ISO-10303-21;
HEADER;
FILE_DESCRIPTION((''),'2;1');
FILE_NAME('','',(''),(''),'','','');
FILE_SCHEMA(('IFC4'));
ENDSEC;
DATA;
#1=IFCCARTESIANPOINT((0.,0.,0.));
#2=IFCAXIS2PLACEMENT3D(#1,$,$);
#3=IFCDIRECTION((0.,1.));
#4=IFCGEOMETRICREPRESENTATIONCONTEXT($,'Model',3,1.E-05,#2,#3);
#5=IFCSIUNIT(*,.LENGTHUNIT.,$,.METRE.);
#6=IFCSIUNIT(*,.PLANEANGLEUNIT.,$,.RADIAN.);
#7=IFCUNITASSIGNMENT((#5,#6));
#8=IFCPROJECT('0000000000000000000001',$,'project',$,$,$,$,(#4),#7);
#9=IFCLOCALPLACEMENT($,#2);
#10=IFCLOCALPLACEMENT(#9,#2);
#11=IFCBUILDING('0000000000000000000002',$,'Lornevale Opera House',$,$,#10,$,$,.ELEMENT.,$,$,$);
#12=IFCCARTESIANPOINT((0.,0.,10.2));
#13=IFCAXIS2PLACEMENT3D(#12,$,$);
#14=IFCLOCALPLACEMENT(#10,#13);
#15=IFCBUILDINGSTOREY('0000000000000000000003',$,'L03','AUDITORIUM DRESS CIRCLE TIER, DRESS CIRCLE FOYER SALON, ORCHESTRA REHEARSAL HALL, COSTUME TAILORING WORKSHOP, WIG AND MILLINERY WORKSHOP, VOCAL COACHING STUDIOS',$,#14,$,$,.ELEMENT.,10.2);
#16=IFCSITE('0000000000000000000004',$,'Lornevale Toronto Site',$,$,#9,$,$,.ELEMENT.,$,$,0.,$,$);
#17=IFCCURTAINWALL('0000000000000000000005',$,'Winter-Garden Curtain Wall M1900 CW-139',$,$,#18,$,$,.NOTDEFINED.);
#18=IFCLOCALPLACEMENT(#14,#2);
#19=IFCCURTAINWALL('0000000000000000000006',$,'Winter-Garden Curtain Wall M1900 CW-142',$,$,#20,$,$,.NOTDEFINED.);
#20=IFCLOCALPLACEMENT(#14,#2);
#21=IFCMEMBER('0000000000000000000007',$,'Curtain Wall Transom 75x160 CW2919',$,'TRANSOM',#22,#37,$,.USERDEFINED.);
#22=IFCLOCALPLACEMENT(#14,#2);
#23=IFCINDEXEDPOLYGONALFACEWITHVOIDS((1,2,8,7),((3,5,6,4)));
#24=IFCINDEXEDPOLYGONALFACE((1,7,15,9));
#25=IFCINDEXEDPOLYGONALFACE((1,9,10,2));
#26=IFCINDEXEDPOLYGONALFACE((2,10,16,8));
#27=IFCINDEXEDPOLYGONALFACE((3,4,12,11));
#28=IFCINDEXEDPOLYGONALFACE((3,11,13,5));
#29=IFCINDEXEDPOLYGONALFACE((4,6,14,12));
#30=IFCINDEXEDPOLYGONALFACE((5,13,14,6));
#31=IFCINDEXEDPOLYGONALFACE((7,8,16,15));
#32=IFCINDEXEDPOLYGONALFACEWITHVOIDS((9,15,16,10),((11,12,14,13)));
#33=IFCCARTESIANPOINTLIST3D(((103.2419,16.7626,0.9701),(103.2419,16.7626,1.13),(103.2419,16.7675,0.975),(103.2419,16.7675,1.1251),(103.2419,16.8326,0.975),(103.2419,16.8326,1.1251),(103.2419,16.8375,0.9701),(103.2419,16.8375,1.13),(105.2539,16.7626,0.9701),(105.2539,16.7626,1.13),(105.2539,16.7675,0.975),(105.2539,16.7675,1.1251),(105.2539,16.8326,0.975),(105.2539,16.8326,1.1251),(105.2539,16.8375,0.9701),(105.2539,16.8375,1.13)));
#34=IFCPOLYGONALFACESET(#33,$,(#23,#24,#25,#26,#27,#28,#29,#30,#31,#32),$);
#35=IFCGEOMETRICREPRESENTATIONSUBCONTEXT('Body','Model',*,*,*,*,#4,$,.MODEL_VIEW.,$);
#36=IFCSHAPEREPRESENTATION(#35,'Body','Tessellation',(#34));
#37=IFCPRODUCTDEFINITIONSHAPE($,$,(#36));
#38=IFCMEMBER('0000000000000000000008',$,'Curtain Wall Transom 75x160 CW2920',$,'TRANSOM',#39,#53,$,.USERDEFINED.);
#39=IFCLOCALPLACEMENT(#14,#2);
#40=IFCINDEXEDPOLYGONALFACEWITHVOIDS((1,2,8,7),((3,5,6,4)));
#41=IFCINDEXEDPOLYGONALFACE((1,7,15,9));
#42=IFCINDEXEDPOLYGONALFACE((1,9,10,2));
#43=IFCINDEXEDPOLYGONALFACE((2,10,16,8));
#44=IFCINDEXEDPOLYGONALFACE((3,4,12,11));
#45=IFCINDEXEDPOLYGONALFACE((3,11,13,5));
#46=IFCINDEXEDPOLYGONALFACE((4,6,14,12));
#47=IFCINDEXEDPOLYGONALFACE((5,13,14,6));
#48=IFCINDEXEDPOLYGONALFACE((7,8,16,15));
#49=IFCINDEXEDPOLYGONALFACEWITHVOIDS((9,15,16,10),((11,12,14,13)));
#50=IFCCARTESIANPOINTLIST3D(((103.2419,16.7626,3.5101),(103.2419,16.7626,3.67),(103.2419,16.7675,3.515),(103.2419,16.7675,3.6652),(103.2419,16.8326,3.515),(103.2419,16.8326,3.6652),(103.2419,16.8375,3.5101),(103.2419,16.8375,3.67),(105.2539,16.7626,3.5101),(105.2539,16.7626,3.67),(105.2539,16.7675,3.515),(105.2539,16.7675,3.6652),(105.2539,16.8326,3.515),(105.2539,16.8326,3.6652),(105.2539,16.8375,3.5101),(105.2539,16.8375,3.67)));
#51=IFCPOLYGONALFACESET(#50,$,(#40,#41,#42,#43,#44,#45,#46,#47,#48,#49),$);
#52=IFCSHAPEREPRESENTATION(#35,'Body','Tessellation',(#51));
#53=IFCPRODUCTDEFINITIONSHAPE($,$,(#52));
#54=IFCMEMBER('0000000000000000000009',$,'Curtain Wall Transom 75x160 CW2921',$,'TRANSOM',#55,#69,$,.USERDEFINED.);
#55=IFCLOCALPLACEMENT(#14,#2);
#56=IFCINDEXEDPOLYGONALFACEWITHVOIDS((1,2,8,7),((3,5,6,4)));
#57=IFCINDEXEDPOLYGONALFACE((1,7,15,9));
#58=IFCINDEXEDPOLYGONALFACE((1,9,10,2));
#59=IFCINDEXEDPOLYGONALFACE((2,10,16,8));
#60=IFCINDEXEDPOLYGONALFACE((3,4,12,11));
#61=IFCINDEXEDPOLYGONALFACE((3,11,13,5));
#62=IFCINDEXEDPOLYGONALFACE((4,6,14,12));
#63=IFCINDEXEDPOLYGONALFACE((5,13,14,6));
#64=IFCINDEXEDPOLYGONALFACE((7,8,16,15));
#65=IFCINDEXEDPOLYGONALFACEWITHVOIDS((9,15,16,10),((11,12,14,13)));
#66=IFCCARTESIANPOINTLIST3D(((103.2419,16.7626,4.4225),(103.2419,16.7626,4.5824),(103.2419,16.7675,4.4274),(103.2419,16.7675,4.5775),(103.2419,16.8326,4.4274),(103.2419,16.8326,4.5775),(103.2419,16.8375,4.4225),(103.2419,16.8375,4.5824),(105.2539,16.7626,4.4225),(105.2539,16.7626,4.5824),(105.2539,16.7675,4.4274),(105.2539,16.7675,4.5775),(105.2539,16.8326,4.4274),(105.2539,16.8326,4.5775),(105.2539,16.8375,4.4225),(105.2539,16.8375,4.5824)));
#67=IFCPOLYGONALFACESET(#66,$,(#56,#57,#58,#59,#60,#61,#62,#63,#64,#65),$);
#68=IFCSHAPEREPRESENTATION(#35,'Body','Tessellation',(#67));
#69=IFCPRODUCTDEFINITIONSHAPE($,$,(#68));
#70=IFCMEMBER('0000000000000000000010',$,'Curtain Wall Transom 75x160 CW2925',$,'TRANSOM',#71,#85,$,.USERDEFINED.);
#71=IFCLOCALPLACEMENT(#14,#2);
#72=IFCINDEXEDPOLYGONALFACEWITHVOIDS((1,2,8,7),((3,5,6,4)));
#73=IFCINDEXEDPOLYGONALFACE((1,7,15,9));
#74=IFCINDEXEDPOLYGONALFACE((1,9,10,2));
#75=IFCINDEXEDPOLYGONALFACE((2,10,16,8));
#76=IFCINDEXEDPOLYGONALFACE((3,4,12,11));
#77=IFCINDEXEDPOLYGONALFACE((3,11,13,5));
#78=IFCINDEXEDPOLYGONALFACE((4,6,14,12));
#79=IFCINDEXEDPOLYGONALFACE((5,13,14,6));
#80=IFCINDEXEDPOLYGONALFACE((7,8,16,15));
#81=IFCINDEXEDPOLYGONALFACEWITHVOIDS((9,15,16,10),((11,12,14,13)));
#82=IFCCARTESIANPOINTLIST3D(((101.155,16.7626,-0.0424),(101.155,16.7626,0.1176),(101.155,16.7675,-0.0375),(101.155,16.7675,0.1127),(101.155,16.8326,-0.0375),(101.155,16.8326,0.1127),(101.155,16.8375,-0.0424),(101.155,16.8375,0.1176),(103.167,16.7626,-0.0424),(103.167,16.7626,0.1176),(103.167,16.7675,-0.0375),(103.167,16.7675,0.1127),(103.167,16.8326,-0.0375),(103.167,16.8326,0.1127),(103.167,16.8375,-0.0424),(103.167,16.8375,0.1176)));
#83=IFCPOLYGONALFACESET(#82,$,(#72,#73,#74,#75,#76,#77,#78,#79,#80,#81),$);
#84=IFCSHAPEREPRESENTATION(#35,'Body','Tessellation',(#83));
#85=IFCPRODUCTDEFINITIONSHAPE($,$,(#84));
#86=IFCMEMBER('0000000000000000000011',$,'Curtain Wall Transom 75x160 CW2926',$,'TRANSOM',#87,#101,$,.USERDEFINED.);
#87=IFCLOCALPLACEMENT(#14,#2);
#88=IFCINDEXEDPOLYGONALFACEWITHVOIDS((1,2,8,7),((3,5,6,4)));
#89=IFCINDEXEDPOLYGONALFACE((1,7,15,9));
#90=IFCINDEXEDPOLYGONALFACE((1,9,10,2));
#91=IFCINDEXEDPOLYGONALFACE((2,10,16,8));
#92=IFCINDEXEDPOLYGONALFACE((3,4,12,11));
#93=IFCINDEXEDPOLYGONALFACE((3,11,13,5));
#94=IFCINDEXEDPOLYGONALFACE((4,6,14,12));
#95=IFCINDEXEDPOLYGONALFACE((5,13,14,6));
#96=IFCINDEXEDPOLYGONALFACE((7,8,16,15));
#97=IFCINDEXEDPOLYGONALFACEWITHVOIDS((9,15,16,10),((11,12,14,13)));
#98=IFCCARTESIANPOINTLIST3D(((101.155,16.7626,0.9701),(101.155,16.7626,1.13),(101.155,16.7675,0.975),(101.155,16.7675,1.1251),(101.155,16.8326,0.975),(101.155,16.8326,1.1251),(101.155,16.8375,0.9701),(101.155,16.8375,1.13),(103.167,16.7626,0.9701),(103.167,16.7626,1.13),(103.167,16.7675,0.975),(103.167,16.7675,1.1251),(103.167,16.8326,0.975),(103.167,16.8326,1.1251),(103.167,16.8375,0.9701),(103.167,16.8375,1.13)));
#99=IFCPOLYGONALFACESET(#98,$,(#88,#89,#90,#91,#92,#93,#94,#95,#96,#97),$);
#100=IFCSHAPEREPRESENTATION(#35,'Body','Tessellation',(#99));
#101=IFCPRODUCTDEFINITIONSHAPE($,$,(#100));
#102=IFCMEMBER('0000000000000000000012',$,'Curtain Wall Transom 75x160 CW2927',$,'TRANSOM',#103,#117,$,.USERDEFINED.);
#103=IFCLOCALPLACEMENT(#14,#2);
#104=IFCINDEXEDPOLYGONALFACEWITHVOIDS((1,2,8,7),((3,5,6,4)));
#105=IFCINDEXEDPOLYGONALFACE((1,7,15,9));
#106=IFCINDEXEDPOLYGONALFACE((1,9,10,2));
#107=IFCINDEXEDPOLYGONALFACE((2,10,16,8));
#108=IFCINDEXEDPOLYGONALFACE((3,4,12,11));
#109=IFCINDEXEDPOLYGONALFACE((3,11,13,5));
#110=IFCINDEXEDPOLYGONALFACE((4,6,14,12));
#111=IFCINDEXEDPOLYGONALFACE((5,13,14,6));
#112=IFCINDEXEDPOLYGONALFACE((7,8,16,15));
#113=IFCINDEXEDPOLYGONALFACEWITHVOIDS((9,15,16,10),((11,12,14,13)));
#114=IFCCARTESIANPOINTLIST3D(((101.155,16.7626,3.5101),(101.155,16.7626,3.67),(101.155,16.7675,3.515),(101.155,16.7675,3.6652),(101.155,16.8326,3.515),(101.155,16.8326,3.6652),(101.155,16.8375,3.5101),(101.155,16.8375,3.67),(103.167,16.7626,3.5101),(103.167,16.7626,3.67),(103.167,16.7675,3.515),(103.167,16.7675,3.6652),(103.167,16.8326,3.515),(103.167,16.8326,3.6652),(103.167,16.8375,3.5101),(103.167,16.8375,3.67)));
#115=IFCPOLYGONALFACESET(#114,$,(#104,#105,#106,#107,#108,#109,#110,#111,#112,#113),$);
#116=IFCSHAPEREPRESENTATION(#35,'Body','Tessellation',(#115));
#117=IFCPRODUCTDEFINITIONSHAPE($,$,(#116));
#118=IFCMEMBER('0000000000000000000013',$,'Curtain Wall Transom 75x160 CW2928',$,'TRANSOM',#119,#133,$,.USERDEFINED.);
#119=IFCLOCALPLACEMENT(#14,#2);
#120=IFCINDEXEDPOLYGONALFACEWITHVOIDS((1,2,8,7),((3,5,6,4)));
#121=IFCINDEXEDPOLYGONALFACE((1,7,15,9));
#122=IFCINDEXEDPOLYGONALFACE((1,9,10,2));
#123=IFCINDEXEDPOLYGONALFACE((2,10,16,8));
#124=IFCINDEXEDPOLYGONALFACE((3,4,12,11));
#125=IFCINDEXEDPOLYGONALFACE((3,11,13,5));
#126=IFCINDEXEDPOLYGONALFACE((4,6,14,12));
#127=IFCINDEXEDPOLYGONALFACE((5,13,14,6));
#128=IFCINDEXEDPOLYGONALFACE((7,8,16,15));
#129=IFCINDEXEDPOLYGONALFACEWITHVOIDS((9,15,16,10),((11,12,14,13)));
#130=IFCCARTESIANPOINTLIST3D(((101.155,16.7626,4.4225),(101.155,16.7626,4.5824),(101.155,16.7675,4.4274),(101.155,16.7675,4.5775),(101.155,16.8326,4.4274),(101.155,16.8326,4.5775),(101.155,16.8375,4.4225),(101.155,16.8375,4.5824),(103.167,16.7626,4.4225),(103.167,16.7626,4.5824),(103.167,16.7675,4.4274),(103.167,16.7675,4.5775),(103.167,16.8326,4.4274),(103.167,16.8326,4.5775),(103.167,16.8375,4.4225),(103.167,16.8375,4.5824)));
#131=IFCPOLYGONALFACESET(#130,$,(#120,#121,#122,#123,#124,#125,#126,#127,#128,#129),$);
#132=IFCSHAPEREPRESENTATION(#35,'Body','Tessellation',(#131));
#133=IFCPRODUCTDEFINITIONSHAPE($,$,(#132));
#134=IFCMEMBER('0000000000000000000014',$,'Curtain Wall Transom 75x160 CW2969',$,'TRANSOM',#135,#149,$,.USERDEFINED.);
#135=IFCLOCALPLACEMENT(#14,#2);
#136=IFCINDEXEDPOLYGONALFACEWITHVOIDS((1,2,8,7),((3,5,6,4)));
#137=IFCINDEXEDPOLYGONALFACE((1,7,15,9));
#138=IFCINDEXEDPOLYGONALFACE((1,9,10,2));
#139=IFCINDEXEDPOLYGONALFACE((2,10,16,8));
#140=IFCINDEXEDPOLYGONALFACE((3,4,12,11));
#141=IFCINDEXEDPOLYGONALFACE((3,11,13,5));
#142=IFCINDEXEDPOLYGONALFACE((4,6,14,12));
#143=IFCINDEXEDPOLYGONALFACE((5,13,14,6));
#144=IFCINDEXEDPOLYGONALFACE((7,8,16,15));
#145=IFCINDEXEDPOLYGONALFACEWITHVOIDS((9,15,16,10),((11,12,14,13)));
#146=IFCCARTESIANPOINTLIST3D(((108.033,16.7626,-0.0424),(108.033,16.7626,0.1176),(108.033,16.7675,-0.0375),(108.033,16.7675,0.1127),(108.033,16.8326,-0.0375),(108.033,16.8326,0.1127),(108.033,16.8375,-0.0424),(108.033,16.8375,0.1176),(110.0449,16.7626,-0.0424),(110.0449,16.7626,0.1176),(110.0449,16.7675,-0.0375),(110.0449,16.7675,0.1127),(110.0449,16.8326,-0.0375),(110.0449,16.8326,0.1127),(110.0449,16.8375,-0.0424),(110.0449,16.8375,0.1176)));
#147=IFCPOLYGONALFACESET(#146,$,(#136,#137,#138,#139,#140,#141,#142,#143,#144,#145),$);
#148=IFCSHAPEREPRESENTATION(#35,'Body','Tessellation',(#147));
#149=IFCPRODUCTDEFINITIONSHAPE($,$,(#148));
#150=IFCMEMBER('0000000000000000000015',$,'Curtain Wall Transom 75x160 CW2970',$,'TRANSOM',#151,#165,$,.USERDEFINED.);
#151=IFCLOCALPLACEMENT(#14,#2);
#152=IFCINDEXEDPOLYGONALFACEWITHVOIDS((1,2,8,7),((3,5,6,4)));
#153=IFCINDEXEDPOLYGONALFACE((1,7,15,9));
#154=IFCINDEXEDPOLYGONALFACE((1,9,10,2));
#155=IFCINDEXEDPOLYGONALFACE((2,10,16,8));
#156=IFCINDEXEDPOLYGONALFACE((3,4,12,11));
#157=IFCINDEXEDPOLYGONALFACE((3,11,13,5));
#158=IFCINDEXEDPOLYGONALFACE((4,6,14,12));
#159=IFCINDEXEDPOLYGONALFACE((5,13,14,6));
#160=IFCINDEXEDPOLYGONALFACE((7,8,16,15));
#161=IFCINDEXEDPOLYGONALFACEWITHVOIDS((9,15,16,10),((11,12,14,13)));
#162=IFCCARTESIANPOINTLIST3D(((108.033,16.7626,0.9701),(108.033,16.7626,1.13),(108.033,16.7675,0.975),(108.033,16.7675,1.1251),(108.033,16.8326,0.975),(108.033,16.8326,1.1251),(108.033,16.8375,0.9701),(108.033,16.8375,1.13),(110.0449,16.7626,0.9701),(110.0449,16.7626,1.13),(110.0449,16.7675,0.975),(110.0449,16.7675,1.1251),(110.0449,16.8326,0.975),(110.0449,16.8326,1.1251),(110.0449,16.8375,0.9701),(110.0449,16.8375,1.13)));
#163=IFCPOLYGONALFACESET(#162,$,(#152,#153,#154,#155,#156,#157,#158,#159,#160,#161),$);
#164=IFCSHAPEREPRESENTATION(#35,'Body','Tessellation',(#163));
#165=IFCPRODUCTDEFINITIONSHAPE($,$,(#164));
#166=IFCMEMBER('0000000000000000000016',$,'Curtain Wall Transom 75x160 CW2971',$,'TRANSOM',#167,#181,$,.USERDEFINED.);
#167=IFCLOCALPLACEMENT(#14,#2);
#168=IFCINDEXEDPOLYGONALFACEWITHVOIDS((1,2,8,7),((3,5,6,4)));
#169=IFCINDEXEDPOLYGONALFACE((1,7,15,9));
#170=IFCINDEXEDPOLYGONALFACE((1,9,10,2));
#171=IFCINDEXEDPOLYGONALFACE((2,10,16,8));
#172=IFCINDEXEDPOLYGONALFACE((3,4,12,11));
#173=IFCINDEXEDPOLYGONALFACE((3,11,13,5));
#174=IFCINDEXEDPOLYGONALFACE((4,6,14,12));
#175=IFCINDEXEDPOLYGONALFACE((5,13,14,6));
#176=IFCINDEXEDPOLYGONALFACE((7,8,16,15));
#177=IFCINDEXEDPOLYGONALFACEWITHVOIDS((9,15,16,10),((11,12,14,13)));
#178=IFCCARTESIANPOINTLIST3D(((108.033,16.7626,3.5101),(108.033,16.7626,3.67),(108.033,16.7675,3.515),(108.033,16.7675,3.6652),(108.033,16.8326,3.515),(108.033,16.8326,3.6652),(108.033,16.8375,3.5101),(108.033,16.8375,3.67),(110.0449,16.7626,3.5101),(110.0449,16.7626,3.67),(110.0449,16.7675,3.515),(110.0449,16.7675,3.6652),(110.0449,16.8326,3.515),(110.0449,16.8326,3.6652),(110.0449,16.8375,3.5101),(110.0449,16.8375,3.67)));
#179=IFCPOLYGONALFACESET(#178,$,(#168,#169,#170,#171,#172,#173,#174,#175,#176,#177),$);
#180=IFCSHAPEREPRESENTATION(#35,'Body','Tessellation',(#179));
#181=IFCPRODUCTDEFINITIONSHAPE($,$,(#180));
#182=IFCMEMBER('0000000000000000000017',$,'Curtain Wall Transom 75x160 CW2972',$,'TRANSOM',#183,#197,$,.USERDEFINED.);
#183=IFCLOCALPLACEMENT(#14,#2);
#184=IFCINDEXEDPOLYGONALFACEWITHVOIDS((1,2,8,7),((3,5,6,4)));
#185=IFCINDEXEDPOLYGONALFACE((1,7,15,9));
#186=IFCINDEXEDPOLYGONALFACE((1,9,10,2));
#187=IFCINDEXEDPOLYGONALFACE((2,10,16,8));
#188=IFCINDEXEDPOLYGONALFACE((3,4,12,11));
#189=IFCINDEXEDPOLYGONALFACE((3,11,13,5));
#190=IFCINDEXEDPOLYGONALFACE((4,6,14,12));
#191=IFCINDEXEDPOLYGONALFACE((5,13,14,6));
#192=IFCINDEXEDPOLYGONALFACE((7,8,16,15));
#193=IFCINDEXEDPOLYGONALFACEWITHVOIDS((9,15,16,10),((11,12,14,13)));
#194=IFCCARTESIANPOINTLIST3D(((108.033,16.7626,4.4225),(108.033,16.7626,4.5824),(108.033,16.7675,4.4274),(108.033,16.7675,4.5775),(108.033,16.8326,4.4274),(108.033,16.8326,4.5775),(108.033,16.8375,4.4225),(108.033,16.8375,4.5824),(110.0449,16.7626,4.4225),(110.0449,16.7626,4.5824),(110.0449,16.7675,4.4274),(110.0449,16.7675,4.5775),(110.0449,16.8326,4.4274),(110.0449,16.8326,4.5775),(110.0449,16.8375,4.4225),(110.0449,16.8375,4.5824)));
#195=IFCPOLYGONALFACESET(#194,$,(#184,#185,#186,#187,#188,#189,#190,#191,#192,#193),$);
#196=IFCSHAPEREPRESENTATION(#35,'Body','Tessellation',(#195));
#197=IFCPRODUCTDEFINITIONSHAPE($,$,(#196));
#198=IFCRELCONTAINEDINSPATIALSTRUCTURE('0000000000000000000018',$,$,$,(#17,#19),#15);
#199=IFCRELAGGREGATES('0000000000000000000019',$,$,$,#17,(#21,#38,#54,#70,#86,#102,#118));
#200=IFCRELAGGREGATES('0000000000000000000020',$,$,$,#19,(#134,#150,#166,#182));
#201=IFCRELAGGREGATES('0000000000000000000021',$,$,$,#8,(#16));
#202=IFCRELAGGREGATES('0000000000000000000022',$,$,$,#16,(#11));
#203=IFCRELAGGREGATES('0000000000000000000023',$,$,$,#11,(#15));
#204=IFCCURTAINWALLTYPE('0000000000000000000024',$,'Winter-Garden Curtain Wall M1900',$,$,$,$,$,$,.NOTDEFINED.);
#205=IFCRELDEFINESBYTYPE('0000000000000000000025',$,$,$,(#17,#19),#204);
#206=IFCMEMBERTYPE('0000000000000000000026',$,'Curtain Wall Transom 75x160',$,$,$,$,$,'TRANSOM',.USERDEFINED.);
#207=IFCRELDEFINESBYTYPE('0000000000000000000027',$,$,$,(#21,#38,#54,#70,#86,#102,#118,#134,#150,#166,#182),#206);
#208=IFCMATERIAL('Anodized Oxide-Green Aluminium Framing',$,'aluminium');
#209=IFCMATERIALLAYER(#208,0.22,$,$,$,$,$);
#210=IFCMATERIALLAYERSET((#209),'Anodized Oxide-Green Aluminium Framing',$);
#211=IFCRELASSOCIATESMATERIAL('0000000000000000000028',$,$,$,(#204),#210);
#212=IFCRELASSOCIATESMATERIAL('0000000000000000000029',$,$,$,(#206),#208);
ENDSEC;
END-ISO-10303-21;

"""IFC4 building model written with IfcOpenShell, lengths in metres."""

from ifc_helpers import new_model, si_unit, direction, frame, origin, origin_2d, place, context, subcontext, project, spatial, hollow_rectangle, extrude, material, layer, layer_set, material_profile, profile_set, type_object, element, aggregate, save


model = new_model("IFC4")

# Units and contexts
model_context = context("Model", 3, precision=1e-05, world=origin(), true_north=direction((0.0, 1.0)))
body_context = subcontext(model_context, "Body", "Model", "MODEL_VIEW")
ifc_project = project(units=[si_unit("LENGTHUNIT", "METRE"), si_unit("PLANEANGLEUNIT", "RADIAN")], contexts=[model_context])

# Site, building, storey
site_placement = place(None, origin())
site = spatial("IfcSite", under=ifc_project, at=site_placement, Name="Lornevale Toronto Site", CompositionType="ELEMENT", RefElevation=0.0)
building_placement = place(site_placement, origin())
building = spatial("IfcBuilding", under=site, at=building_placement, Name="Lornevale Opera House", CompositionType="ELEMENT")
storey_placement = place(building_placement, frame((0.0, 0.0, 10.2)))
storey = spatial("IfcBuildingStorey", under=building, at=storey_placement, Name="L03", Description="AUDITORIUM DRESS CIRCLE TIER, DRESS CIRCLE FOYER SALON, ORCHESTRA REHEARSAL HALL, COSTUME TAILORING WORKSHOP, WIG AND MILLINERY WORKSHOP, VOCAL COACHING STUDIOS", CompositionType="ELEMENT", Elevation=10.2)

# Curtain wall
ifc_material_1 = material(Name="Anodized Oxide-Green Aluminium Framing", Category="aluminium")
ifc_layer_1 = layer(ifc_material_1, 0.22)
ifc_layer_set_1 = layer_set([ifc_layer_1], Name="Anodized Oxide-Green Aluminium Framing")
curtain_wall_type = type_object("IfcCurtainWallType", Name="Winter-Garden Curtain Wall M1900", PredefinedType="NOTDEFINED", material=ifc_layer_set_1)
curtain_wall_1_placement = place(storey_placement, origin())
curtain_wall_1 = element("IfcCurtainWall", 1, at=curtain_wall_1_placement, inside=storey, type_object=curtain_wall_type, Name="Winter-Garden Curtain Wall M1900 CW-139", PredefinedType="NOTDEFINED")

# Curtain wall
curtain_wall_2_placement = place(storey_placement, origin())
curtain_wall_2 = element("IfcCurtainWall", 2, at=curtain_wall_2_placement, inside=storey, type_object=curtain_wall_type, Name="Winter-Garden Curtain Wall M1900 CW-142", PredefinedType="NOTDEFINED")

# Members
ifc_material_profile_1 = material_profile(ifc_material_1, hollow_rectangle(XDim=0.075, YDim=0.1599, WallThickness=0.0049, at=origin_2d()), Name="ALU75x160x5")
ifc_profile_set_1 = profile_set([ifc_material_profile_1], Name="Anodized Oxide-Green Aluminium Framing")
member_type_1 = type_object("IfcMemberType", Name="Curtain Wall Transom 75x160", ElementType="TRANSOM", PredefinedType="USERDEFINED", material=ifc_profile_set_1)
member_1_placement = place(storey_placement, frame((105.2539, 16.8, 1.05), z_axis=(-1.0, 0.0, 0.0), x_axis=(0.0, -1.0, 0.0)))
member_1 = element("IfcMember", 3, at=member_1_placement, type_object=member_type_1, Name="Curtain Wall Transom 75x160 CW2919", ObjectType="TRANSOM", PredefinedType="USERDEFINED", context=body_context, shape_type="SweptSolid", body=[
    extrude(hollow_rectangle(XDim=0.075, YDim=0.1599, WallThickness=0.0049, at=origin_2d()), origin(), (0.0, 0.0, 1.0), 2.012),
])
member_2_placement = place(storey_placement, frame((105.2539, 16.8, 3.5901), z_axis=(-1.0, 0.0, 0.0), x_axis=(0.0, -1.0, 0.0)))
member_2 = element("IfcMember", 4, at=member_2_placement, type_object=member_type_1, Name="Curtain Wall Transom 75x160 CW2920", ObjectType="TRANSOM", PredefinedType="USERDEFINED", context=body_context, shape_type="SweptSolid", body=[
    extrude(hollow_rectangle(XDim=0.075, YDim=0.1599, WallThickness=0.0049, at=origin_2d()), origin(), (0.0, 0.0, 1.0), 2.012),
])
member_3_placement = place(storey_placement, frame((105.2539, 16.8, 4.5024), z_axis=(-1.0, 0.0, 0.0), x_axis=(0.0, -1.0, 0.0)))
member_3 = element("IfcMember", 5, at=member_3_placement, type_object=member_type_1, Name="Curtain Wall Transom 75x160 CW2921", ObjectType="TRANSOM", PredefinedType="USERDEFINED", context=body_context, shape_type="SweptSolid", body=[
    extrude(hollow_rectangle(XDim=0.075, YDim=0.1599, WallThickness=0.0049, at=origin_2d()), origin(), (0.0, 0.0, 1.0), 2.012),
])
member_4_placement = place(storey_placement, frame((103.167, 16.8, 0.0376), z_axis=(-1.0, 0.0, 0.0), x_axis=(0.0, -1.0, 0.0)))
member_4 = element("IfcMember", 6, at=member_4_placement, type_object=member_type_1, Name="Curtain Wall Transom 75x160 CW2925", ObjectType="TRANSOM", PredefinedType="USERDEFINED", context=body_context, shape_type="SweptSolid", body=[
    extrude(hollow_rectangle(XDim=0.075, YDim=0.1599, WallThickness=0.0049, at=origin_2d()), origin(), (0.0, 0.0, 1.0), 2.012),
])
member_5_placement = place(storey_placement, frame((103.167, 16.8, 1.05), z_axis=(-1.0, 0.0, 0.0), x_axis=(0.0, -1.0, 0.0)))
member_5 = element("IfcMember", 7, at=member_5_placement, type_object=member_type_1, Name="Curtain Wall Transom 75x160 CW2926", ObjectType="TRANSOM", PredefinedType="USERDEFINED", context=body_context, shape_type="SweptSolid", body=[
    extrude(hollow_rectangle(XDim=0.075, YDim=0.1599, WallThickness=0.0049, at=origin_2d()), origin(), (0.0, 0.0, 1.0), 2.012),
])
member_6_placement = place(storey_placement, frame((103.167, 16.8, 3.5901), z_axis=(-1.0, 0.0, 0.0), x_axis=(0.0, -1.0, 0.0)))
member_6 = element("IfcMember", 8, at=member_6_placement, type_object=member_type_1, Name="Curtain Wall Transom 75x160 CW2927", ObjectType="TRANSOM", PredefinedType="USERDEFINED", context=body_context, shape_type="SweptSolid", body=[
    extrude(hollow_rectangle(XDim=0.075, YDim=0.1599, WallThickness=0.0049, at=origin_2d()), origin(), (0.0, 0.0, 1.0), 2.012),
])
member_7_placement = place(storey_placement, frame((103.167, 16.8, 4.5024), z_axis=(-1.0, 0.0, 0.0), x_axis=(0.0, -1.0, 0.0)))
member_7 = element("IfcMember", 9, at=member_7_placement, type_object=member_type_1, Name="Curtain Wall Transom 75x160 CW2928", ObjectType="TRANSOM", PredefinedType="USERDEFINED", context=body_context, shape_type="SweptSolid", body=[
    extrude(hollow_rectangle(XDim=0.075, YDim=0.1599, WallThickness=0.0049, at=origin_2d()), origin(), (0.0, 0.0, 1.0), 2.012),
])
member_8_placement = place(storey_placement, frame((110.0449, 16.8, 0.0376), z_axis=(-1.0, 0.0, 0.0), x_axis=(0.0, -1.0, 0.0)))
member_8 = element("IfcMember", 10, at=member_8_placement, type_object=member_type_1, Name="Curtain Wall Transom 75x160 CW2969", ObjectType="TRANSOM", PredefinedType="USERDEFINED", context=body_context, shape_type="SweptSolid", body=[
    extrude(hollow_rectangle(XDim=0.075, YDim=0.1599, WallThickness=0.0049, at=origin_2d()), origin(), (0.0, 0.0, 1.0), 2.012),
])
member_9_placement = place(storey_placement, frame((110.0449, 16.8, 1.05), z_axis=(-1.0, 0.0, 0.0), x_axis=(0.0, -1.0, 0.0)))
member_9 = element("IfcMember", 11, at=member_9_placement, type_object=member_type_1, Name="Curtain Wall Transom 75x160 CW2970", ObjectType="TRANSOM", PredefinedType="USERDEFINED", context=body_context, shape_type="SweptSolid", body=[
    extrude(hollow_rectangle(XDim=0.075, YDim=0.1599, WallThickness=0.0049, at=origin_2d()), origin(), (0.0, 0.0, 1.0), 2.012),
])
member_10_placement = place(storey_placement, frame((110.0449, 16.8, 3.5901), z_axis=(-1.0, 0.0, 0.0), x_axis=(0.0, -1.0, 0.0)))
member_10 = element("IfcMember", 12, at=member_10_placement, type_object=member_type_1, Name="Curtain Wall Transom 75x160 CW2971", ObjectType="TRANSOM", PredefinedType="USERDEFINED", context=body_context, shape_type="SweptSolid", body=[
    extrude(hollow_rectangle(XDim=0.075, YDim=0.1599, WallThickness=0.0049, at=origin_2d()), origin(), (0.0, 0.0, 1.0), 2.012),
])
member_11_placement = place(storey_placement, frame((110.0449, 16.8, 4.5024), z_axis=(-1.0, 0.0, 0.0), x_axis=(0.0, -1.0, 0.0)))
member_11 = element("IfcMember", 13, at=member_11_placement, type_object=member_type_1, Name="Curtain Wall Transom 75x160 CW2972", ObjectType="TRANSOM", PredefinedType="USERDEFINED", context=body_context, shape_type="SweptSolid", body=[
    extrude(hollow_rectangle(XDim=0.075, YDim=0.1599, WallThickness=0.0049, at=origin_2d()), origin(), (0.0, 0.0, 1.0), 2.012),
])

aggregate(curtain_wall_1, [member_1, member_2, member_3, member_4, member_5, member_6, member_7])
aggregate(curtain_wall_2, [member_8, member_9, member_10, member_11])

save(model, "model.ifc")
